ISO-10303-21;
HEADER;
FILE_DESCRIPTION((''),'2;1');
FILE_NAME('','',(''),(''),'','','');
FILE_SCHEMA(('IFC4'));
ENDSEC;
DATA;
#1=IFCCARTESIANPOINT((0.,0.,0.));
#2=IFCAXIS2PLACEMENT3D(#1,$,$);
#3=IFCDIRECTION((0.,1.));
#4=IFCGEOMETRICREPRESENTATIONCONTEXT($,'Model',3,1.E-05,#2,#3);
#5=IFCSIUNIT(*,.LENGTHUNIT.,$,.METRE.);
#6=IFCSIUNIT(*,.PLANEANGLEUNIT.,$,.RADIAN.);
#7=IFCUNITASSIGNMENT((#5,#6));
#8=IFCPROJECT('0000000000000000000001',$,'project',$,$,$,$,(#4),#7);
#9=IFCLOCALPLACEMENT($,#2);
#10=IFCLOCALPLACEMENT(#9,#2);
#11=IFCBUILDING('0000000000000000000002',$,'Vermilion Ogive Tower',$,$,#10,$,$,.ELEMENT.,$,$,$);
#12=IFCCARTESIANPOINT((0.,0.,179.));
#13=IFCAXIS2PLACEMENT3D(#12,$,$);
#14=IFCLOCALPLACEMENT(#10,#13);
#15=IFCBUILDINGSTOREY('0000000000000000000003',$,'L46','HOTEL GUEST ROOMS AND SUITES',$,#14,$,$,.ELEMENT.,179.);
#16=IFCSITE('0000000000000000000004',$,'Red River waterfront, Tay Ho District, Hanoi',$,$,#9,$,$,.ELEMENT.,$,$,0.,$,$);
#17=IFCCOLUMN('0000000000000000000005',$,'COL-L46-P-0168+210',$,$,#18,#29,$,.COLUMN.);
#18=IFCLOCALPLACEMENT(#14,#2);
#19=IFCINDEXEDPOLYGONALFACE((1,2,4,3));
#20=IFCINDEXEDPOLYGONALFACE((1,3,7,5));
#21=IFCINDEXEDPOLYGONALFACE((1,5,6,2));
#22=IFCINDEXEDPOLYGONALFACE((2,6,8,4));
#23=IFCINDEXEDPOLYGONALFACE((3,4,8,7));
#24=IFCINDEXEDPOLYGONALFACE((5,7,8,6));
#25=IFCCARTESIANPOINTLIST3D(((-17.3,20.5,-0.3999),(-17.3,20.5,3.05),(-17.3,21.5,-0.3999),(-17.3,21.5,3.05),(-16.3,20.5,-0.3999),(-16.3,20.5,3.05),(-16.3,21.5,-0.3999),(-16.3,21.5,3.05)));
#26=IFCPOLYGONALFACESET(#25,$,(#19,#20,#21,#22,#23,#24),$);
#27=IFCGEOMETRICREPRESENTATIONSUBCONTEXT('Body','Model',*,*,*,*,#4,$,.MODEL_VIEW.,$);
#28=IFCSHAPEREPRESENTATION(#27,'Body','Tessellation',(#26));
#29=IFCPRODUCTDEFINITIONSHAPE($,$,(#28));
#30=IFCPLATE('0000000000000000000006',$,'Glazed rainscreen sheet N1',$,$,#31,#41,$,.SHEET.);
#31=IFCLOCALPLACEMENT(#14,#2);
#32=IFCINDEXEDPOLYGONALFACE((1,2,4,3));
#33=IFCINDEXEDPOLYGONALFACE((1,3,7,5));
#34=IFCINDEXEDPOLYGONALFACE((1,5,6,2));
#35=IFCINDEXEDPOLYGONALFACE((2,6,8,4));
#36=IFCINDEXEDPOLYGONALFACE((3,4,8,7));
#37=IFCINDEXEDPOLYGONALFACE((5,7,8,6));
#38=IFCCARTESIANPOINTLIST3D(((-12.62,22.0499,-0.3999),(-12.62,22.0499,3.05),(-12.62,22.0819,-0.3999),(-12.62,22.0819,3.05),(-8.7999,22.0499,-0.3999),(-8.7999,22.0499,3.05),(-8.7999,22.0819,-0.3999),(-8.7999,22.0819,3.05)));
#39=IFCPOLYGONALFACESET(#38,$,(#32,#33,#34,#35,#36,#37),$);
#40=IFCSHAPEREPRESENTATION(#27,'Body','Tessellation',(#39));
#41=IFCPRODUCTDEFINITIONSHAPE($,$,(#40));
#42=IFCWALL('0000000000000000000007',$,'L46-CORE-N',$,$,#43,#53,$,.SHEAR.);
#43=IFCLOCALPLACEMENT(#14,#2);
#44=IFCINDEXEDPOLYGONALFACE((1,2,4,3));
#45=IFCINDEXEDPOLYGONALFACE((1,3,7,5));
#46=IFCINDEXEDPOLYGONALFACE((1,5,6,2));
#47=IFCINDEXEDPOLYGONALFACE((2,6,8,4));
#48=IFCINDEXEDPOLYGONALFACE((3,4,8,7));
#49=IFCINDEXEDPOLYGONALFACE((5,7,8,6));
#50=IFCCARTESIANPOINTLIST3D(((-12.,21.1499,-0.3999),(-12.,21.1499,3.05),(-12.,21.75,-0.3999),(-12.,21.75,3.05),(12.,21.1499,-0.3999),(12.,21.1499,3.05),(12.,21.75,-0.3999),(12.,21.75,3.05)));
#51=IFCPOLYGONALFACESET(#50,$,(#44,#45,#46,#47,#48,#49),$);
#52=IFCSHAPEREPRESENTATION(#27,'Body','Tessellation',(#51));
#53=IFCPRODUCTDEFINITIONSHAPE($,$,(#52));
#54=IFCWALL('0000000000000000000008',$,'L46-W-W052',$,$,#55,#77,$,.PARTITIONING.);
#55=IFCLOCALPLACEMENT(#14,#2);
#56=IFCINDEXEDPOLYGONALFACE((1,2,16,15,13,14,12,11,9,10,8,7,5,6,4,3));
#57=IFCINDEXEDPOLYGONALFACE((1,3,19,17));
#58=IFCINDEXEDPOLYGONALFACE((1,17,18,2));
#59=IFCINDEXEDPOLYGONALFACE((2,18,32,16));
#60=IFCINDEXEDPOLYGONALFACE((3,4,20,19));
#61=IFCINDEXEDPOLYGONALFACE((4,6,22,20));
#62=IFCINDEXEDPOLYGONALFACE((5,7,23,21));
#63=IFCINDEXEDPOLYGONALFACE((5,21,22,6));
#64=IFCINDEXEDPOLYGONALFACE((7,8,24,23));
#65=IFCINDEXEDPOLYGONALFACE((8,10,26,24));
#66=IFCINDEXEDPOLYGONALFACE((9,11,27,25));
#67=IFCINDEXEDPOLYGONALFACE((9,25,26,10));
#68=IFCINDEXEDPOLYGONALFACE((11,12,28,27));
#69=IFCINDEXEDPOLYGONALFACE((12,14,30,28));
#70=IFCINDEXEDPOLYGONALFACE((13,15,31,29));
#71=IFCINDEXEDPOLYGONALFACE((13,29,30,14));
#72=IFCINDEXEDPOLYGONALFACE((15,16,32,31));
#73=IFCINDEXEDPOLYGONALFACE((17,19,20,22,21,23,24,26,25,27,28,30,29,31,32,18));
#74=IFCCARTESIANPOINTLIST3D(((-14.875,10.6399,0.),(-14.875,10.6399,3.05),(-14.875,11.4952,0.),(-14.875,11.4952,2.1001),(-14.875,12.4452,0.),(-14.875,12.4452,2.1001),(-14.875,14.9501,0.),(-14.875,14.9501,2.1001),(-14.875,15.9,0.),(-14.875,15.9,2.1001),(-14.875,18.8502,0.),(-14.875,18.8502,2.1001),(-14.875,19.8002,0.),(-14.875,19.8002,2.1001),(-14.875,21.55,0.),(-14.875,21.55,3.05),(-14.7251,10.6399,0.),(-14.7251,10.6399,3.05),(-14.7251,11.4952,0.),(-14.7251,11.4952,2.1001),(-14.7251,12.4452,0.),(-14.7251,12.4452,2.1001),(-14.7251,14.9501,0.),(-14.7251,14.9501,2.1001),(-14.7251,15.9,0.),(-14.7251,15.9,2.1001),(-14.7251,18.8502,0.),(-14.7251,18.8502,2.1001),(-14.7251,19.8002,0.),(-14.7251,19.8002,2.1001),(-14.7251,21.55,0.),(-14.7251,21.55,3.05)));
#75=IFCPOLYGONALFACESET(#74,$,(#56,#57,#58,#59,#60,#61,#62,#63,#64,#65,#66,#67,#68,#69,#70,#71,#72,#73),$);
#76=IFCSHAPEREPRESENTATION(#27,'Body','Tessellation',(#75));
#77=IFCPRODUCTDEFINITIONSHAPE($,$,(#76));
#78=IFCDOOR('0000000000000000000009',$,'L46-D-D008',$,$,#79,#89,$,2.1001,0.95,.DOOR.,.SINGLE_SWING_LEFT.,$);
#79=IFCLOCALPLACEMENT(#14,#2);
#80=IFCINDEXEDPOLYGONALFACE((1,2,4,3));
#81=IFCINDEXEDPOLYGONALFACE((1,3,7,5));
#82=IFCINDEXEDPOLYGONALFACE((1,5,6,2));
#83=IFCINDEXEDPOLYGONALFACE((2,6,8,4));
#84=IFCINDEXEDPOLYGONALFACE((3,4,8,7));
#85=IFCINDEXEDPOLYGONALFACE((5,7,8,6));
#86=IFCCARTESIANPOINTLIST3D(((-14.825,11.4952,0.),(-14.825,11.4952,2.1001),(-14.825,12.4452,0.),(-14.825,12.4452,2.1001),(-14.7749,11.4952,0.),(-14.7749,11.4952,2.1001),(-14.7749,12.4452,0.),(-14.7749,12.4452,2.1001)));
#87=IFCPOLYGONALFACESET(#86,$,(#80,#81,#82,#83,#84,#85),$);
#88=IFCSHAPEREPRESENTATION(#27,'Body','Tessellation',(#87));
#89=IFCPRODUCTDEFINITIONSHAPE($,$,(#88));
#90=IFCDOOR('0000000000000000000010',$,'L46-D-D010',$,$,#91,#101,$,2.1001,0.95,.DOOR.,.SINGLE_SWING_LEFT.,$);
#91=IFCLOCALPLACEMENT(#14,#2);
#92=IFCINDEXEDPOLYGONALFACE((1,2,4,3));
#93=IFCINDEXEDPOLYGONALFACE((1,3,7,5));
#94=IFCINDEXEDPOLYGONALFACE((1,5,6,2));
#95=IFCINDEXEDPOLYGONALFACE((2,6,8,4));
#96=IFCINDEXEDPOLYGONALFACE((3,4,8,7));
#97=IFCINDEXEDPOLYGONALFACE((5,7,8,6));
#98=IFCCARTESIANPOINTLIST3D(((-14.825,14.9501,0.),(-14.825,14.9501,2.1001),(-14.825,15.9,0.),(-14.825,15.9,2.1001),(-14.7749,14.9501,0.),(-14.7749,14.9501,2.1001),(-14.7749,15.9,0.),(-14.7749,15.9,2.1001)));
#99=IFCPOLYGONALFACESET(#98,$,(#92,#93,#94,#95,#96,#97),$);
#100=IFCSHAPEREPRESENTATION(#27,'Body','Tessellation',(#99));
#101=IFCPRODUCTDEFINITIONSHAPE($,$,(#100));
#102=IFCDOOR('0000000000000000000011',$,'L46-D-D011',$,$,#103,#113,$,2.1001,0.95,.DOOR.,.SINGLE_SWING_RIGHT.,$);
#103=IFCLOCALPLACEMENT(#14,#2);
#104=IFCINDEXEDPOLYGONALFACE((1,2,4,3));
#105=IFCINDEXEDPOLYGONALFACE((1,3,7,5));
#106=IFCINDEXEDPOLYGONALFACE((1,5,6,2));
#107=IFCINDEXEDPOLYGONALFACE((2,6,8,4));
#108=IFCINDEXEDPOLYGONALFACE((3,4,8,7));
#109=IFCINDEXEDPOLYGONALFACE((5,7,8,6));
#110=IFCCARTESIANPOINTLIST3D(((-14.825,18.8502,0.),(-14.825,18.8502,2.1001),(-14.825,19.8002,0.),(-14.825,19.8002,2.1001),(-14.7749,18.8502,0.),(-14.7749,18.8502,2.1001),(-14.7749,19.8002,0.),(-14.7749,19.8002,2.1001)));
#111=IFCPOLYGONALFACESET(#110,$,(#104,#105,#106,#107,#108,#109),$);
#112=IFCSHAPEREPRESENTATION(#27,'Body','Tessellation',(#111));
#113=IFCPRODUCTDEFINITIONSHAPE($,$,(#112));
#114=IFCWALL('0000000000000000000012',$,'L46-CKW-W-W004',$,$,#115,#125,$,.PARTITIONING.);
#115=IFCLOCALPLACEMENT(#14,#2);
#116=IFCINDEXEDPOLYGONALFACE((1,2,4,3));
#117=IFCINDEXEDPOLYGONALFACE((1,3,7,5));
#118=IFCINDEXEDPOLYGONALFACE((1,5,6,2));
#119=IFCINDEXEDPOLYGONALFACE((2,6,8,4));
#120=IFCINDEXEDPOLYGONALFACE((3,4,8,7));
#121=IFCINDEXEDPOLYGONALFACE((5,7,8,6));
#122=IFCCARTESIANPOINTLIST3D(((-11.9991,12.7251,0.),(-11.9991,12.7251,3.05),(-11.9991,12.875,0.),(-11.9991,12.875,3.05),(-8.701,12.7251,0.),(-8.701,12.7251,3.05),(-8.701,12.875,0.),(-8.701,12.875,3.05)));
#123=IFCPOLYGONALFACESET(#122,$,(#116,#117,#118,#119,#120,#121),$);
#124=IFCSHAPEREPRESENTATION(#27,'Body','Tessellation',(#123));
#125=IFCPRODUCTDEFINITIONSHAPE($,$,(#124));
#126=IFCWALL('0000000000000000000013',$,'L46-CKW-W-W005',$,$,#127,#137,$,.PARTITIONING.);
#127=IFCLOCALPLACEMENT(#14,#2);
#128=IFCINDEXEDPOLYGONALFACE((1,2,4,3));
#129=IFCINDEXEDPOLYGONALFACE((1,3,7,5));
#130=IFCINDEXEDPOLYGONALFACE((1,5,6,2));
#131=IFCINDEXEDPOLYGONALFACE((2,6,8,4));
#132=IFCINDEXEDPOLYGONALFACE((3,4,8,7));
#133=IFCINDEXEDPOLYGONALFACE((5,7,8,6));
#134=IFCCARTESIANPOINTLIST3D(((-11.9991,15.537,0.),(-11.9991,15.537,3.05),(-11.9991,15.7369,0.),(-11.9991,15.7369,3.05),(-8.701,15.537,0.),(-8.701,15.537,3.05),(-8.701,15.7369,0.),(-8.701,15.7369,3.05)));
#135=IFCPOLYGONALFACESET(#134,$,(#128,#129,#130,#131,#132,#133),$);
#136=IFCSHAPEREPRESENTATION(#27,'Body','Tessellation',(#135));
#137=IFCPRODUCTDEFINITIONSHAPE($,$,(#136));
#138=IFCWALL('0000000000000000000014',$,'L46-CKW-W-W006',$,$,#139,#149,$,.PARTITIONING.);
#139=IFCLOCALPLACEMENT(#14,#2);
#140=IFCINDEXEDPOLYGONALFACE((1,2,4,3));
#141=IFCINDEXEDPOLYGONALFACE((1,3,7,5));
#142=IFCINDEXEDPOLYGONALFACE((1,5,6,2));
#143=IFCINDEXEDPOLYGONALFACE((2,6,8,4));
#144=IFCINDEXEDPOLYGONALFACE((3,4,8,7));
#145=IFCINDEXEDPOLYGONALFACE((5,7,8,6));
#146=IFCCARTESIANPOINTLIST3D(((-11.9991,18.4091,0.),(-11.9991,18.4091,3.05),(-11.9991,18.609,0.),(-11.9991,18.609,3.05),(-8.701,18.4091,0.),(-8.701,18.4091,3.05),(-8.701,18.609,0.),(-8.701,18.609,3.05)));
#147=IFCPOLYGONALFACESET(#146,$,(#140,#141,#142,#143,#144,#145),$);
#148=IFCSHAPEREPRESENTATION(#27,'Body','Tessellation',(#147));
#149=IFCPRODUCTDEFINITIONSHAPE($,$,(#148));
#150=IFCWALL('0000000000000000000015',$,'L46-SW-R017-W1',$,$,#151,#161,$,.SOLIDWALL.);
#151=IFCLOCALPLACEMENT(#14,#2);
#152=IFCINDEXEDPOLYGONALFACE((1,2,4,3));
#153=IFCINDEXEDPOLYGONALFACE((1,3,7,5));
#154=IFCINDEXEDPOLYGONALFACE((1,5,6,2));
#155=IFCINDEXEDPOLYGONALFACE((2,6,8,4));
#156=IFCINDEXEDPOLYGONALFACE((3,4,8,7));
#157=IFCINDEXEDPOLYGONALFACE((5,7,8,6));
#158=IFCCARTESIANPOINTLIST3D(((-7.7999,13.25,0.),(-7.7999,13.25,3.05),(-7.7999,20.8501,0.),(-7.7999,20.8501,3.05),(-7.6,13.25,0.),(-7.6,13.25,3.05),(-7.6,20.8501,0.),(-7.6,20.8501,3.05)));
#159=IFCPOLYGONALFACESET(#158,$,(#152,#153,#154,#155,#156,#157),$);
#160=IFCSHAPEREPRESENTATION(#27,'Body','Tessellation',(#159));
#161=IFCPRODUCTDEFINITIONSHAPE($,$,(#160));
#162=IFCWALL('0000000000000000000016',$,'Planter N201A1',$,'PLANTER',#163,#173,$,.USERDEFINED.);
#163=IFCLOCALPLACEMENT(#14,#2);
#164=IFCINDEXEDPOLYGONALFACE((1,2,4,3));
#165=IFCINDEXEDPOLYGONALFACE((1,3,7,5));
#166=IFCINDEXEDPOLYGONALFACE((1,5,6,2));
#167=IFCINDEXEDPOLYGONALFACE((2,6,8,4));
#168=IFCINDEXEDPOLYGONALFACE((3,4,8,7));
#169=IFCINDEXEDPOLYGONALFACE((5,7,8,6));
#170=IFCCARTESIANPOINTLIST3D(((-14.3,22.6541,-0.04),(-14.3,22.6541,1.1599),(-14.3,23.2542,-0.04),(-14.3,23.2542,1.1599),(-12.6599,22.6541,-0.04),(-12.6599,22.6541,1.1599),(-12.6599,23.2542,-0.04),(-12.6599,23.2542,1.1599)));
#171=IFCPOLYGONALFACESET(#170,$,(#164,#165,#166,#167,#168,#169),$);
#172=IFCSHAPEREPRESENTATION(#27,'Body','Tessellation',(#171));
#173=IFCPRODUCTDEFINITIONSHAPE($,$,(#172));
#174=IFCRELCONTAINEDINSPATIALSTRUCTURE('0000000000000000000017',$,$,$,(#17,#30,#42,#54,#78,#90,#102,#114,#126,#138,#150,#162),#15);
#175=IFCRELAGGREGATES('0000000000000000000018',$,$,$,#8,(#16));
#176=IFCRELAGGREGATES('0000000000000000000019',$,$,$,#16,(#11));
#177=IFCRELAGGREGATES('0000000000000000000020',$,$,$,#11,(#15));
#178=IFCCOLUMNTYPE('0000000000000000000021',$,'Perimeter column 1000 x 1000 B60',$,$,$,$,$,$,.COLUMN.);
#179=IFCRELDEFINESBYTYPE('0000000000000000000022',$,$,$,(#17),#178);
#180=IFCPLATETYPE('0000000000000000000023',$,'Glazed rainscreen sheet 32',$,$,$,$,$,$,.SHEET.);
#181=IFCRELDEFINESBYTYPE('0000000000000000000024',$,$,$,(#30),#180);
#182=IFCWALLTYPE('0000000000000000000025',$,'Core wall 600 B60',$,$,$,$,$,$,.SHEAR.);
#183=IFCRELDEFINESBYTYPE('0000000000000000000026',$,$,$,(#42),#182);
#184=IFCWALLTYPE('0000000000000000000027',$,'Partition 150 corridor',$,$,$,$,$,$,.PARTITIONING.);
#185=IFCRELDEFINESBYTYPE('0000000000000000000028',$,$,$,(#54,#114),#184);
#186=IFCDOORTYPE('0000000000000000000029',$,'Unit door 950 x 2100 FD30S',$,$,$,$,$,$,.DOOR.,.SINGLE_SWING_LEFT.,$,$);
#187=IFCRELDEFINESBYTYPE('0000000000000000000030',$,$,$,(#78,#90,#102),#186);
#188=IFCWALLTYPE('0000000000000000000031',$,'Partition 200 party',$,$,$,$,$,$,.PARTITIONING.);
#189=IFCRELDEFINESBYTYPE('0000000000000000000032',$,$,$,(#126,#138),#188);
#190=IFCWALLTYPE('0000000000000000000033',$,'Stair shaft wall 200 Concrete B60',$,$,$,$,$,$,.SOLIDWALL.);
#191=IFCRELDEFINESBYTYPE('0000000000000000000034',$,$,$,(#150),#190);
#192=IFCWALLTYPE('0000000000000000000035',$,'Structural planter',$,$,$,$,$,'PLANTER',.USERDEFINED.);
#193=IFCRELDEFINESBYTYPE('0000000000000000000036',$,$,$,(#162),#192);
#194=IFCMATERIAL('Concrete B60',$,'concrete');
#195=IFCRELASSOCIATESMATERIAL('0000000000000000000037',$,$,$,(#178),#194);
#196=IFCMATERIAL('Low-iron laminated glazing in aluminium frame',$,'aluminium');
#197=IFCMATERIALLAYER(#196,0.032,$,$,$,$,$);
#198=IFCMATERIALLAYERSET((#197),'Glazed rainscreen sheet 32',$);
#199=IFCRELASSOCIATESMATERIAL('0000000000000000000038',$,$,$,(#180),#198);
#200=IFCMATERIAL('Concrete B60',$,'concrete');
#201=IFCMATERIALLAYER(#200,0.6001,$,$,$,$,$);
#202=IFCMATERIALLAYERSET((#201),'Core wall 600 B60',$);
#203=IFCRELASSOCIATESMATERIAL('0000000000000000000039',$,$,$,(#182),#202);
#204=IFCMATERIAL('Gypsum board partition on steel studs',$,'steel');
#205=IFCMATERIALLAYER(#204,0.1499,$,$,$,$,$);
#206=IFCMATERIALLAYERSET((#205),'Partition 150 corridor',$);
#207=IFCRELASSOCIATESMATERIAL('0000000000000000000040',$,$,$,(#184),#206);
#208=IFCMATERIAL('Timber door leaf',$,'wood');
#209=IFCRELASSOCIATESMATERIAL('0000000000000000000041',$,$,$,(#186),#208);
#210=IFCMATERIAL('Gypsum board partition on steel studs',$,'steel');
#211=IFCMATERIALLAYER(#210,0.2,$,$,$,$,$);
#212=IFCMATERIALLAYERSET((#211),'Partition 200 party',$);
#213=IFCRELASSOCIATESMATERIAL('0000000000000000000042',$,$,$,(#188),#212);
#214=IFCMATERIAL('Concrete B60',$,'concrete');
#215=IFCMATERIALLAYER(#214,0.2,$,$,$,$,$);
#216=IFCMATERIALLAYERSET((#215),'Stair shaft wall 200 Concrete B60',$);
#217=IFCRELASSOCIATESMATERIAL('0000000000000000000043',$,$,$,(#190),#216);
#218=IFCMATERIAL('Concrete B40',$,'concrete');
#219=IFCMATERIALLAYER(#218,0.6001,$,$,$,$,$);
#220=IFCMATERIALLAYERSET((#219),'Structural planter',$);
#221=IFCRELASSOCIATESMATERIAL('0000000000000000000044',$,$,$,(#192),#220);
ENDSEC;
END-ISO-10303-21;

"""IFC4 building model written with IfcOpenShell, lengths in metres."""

from ifc_helpers import new_model, si_unit, direction, frame, frame_2d, origin, origin_2d, place, context, subcontext, project, spatial, rectangle, extrude, material, layer, layer_set, material_profile, profile_set, type_object, element, fill, save


model = new_model("IFC4")

# Units and contexts
model_context = context("Model", 3, precision=1e-05, world=origin(), true_north=direction((0.0, 1.0)))
body_context = subcontext(model_context, "Body", "Model", "MODEL_VIEW")
ifc_project = project(units=[si_unit("LENGTHUNIT", "METRE"), si_unit("PLANEANGLEUNIT", "RADIAN")], contexts=[model_context])

# Site, building, storey
site_placement = place(None, origin())
site = spatial("IfcSite", under=ifc_project, at=site_placement, Name="Red River waterfront, Tay Ho District, Hanoi", CompositionType="ELEMENT", RefElevation=0.0)
building_placement = place(site_placement, origin())
building = spatial("IfcBuilding", under=site, at=building_placement, Name="Vermilion Ogive Tower", CompositionType="ELEMENT")
storey_placement = place(building_placement, frame((0.0, 0.0, 179.0)))
storey = spatial("IfcBuildingStorey", under=building, at=storey_placement, Name="L46", Description="HOTEL GUEST ROOMS AND SUITES", CompositionType="ELEMENT", Elevation=179.0)

# Column
ifc_material_1 = material(Name="Concrete B60", Category="concrete")
ifc_material_profile = material_profile(ifc_material_1, rectangle(XDim=1.0, YDim=1.0, at=origin_2d()), Name="1000 x 1000")
ifc_profile_set = profile_set([ifc_material_profile], Name="Concrete B60")
column_type = type_object("IfcColumnType", Name="Perimeter column 1000 x 1000 B60", PredefinedType="COLUMN", material=ifc_profile_set)
column_placement = place(storey_placement, frame((-16.8, 21.0, -0.3999), z_axis=(0.0, 0.0, 1.0), x_axis=(1.0, 0.0, 0.0)))
element("IfcColumn", 1, at=column_placement, inside=storey, type_object=column_type, Name="COL-L46-P-0168+210", PredefinedType="COLUMN", context=body_context, shape_type="SweptSolid", body=[
    extrude(rectangle(XDim=1.0, YDim=1.0, at=origin_2d()), origin(), (0.0, 0.0, 1.0), 3.45),
])

# Plate
ifc_material_2 = material(Name="Low-iron laminated glazing in aluminium frame", Category="aluminium")
ifc_layer_1 = layer(ifc_material_2, 0.032)
ifc_layer_set_1 = layer_set([ifc_layer_1], Name="Glazed rainscreen sheet 32")
plate_type = type_object("IfcPlateType", Name="Glazed rainscreen sheet 32", PredefinedType="SHEET", material=ifc_layer_set_1)
plate_placement = place(storey_placement, frame((-10.71, 22.0659, -0.3999), z_axis=(0.0, 0.0, 1.0), x_axis=(1.0, 0.0, 0.0)))
element("IfcPlate", 2, at=plate_placement, inside=storey, type_object=plate_type, Name="Glazed rainscreen sheet N1", PredefinedType="SHEET", context=body_context, shape_type="SweptSolid", body=[
    extrude(rectangle(XDim=3.8201, YDim=0.032, at=origin_2d()), origin(), (0.0, 0.0, 1.0), 3.45),
])

# Wall
ifc_material_3 = material(Name="Concrete B60", Category="concrete")
ifc_layer_2 = layer(ifc_material_3, 0.6001)
ifc_layer_set_2 = layer_set([ifc_layer_2], Name="Core wall 600 B60")
wall_type_1 = type_object("IfcWallType", Name="Core wall 600 B60", PredefinedType="SHEAR", material=ifc_layer_set_2)
wall_1_placement = place(storey_placement, frame((-12.0, 21.45, -0.3999), z_axis=(0.0, 0.0, 1.0), x_axis=(1.0, 0.0, 0.0)))
element("IfcWall", 3, at=wall_1_placement, inside=storey, type_object=wall_type_1, Name="L46-CORE-N", PredefinedType="SHEAR", context=body_context, shape_type="SweptSolid", body=[
    extrude(rectangle(XDim=24.0, YDim=0.6001, at=frame_2d((12.0, 0.0))), origin(), (0.0, 0.0, 1.0), 3.45),
])

# Wall, openings, doors
ifc_material_4 = material(Name="Gypsum board partition on steel studs", Category="steel")
ifc_layer_3 = layer(ifc_material_4, 0.1499)
ifc_layer_set_3 = layer_set([ifc_layer_3], Name="Partition 150 corridor")
wall_type_2 = type_object("IfcWallType", Name="Partition 150 corridor", PredefinedType="PARTITIONING", material=ifc_layer_set_3)
wall_2_placement = place(storey_placement, frame((-14.8, 10.6399, 0.0), z_axis=(0.0, 0.0, 1.0), x_axis=(0.0, 1.0, 0.0)))
wall_2 = element("IfcWall", 4, at=wall_2_placement, inside=storey, type_object=wall_type_2, Name="L46-W-W052", PredefinedType="PARTITIONING", context=body_context, shape_type="SweptSolid", body=[
    extrude(rectangle(XDim=10.9102, YDim=0.1499, at=frame_2d((5.4551, 0.0))), origin(), (0.0, 0.0, 1.0), 3.05),
])
opening_1_placement = place(wall_2_placement, frame((0.8552, 0.0, 0.0)))
opening_1 = element("IfcOpeningElement", 5, at=opening_1_placement, cuts=wall_2, PredefinedType="OPENING", context=body_context, shape_type="SweptSolid", body=[
    extrude(rectangle(XDim=0.95, YDim=2.1001, at=frame_2d((0.4751, 1.05))), frame((0.0, 0.085, 0.0), z_axis=(0.0, -1.0, 0.0), x_axis=(1.0, 0.0, 0.0)), (0.0, 0.0, 1.0), 0.1699),
])
opening_2_placement = place(wall_2_placement, frame((4.3101, 0.0, 0.0)))
opening_2 = element("IfcOpeningElement", 6, at=opening_2_placement, cuts=wall_2, PredefinedType="OPENING", context=body_context, shape_type="SweptSolid", body=[
    extrude(rectangle(XDim=0.95, YDim=2.1001, at=frame_2d((0.4751, 1.05))), frame((0.0, 0.085, 0.0), z_axis=(0.0, -1.0, 0.0), x_axis=(1.0, 0.0, 0.0)), (0.0, 0.0, 1.0), 0.1699),
])
opening_3_placement = place(wall_2_placement, frame((8.2102, 0.0, 0.0)))
opening_3 = element("IfcOpeningElement", 7, at=opening_3_placement, cuts=wall_2, PredefinedType="OPENING", context=body_context, shape_type="SweptSolid", body=[
    extrude(rectangle(XDim=0.95, YDim=2.1001, at=frame_2d((0.4751, 1.05))), frame((0.0, 0.085, 0.0), z_axis=(0.0, -1.0, 0.0), x_axis=(1.0, 0.0, 0.0)), (0.0, 0.0, 1.0), 0.1699),
])
ifc_material_5 = material(Name="Timber door leaf", Category="wood")
door_type_1 = type_object("IfcDoorType", Name="Unit door 950 x 2100 FD30S", OperationType="SINGLE_SWING_LEFT", PredefinedType="DOOR", material=ifc_material_5)
door_1_placement = place(opening_1_placement, origin())
door_1 = element("IfcDoor", 8, at=door_1_placement, inside=storey, type_object=door_type_1, Name="L46-D-D008", OperationType="SINGLE_SWING_LEFT", OverallHeight=2.1001, OverallWidth=0.95, PredefinedType="DOOR", context=body_context, shape_type="SweptSolid", body=[
    extrude(rectangle(XDim=0.95, YDim=2.1001, at=frame_2d((0.4751, 1.05))), frame((0.0, 0.0249, 0.0), z_axis=(0.0, -1.0, 0.0), x_axis=(1.0, 0.0, 0.0)), (0.0, 0.0, 1.0), 0.05),
])
fill(opening_1, door_1)
door_2_placement = place(opening_2_placement, origin())
door_2 = element("IfcDoor", 9, at=door_2_placement, inside=storey, type_object=door_type_1, Name="L46-D-D010", OperationType="SINGLE_SWING_LEFT", OverallHeight=2.1001, OverallWidth=0.95, PredefinedType="DOOR", context=body_context, shape_type="SweptSolid", body=[
    extrude(rectangle(XDim=0.95, YDim=2.1001, at=frame_2d((0.4751, 1.05))), frame((0.0, 0.0249, 0.0), z_axis=(0.0, -1.0, 0.0), x_axis=(1.0, 0.0, 0.0)), (0.0, 0.0, 1.0), 0.05),
])
fill(opening_2, door_2)
door_3_placement = place(opening_3_placement, origin())
door_3 = element("IfcDoor", 10, at=door_3_placement, inside=storey, type_object=door_type_1, Name="L46-D-D011", OperationType="SINGLE_SWING_RIGHT", OverallHeight=2.1001, OverallWidth=0.95, PredefinedType="DOOR", context=body_context, shape_type="SweptSolid", body=[
    extrude(rectangle(XDim=0.95, YDim=2.1001, at=frame_2d((0.4751, 1.05))), frame((0.0, 0.0249, 0.0), z_axis=(0.0, -1.0, 0.0), x_axis=(1.0, 0.0, 0.0)), (0.0, 0.0, 1.0), 0.05),
])
fill(opening_3, door_3)

# Walls
wall_3_placement = place(storey_placement, frame((-11.999, 12.8, 0.0), z_axis=(0.0, 0.0, 1.0), x_axis=(1.0, 0.0, 0.0)))
element("IfcWall", 11, at=wall_3_placement, inside=storey, type_object=wall_type_2, Name="L46-CKW-W-W004", PredefinedType="PARTITIONING", context=body_context, shape_type="SweptSolid", body=[
    extrude(rectangle(XDim=3.2981, YDim=0.1499, at=frame_2d((1.6489, 0.0))), origin(), (0.0, 0.0, 1.0), 3.05),
])
ifc_material_6 = material(Name="Gypsum board partition on steel studs", Category="steel")
ifc_layer_4 = layer(ifc_material_6, 0.2)
ifc_layer_set_4 = layer_set([ifc_layer_4], Name="Partition 200 party")
wall_type_3 = type_object("IfcWallType", Name="Partition 200 party", PredefinedType="PARTITIONING", material=ifc_layer_set_4)
for number, where, z_axis, x_axis, name in (
    (12, (-11.999, 15.637, 0.0), (0.0, 0.0, 1.0), (1.0, 0.0, 0.0), "L46-CKW-W-W005"),
    (13, (-11.999, 18.509, 0.0), (0.0, 0.0, 1.0), (1.0, 0.0, 0.0), "L46-CKW-W-W006"),
):
    element("IfcWall", number, at=place(storey_placement, frame(where, z_axis=z_axis, x_axis=x_axis)), inside=storey, type_object=wall_type_3, Name=name, PredefinedType="PARTITIONING", context=body_context, shape_type="SweptSolid", body=[
        extrude(rectangle(XDim=3.2981, YDim=0.2, at=frame_2d((1.6489, 0.0))), origin(), (0.0, 0.0, 1.0), 3.05),
    ])
ifc_material_7 = material(Name="Concrete B60", Category="concrete")
ifc_layer_5 = layer(ifc_material_7, 0.2)
ifc_layer_set_5 = layer_set([ifc_layer_5], Name="Stair shaft wall 200 Concrete B60")
wall_type_4 = type_object("IfcWallType", Name="Stair shaft wall 200 Concrete B60", PredefinedType="SOLIDWALL", material=ifc_layer_set_5)
wall_4_placement = place(storey_placement, frame((-7.7, 13.25, 0.0), z_axis=(0.0, 0.0, 1.0), x_axis=(0.0, 1.0, 0.0)))
element("IfcWall", 14, at=wall_4_placement, inside=storey, type_object=wall_type_4, Name="L46-SW-R017-W1", PredefinedType="SOLIDWALL", context=body_context, shape_type="SweptSolid", body=[
    extrude(rectangle(XDim=7.6001, YDim=0.2, at=frame_2d((3.8, 0.0))), origin(), (0.0, 0.0, 1.0), 3.05),
])
ifc_material_8 = material(Name="Concrete B40", Category="concrete")
ifc_layer_6 = layer(ifc_material_8, 0.6001)
ifc_layer_set_6 = layer_set([ifc_layer_6], Name="Structural planter")
wall_type_5 = type_object("IfcWallType", Name="Structural planter", ElementType="PLANTER", PredefinedType="USERDEFINED", material=ifc_layer_set_6)
wall_5_placement = place(storey_placement, frame((-12.6599, 22.9541, -0.04), z_axis=(0.0, 0.0, 1.0), x_axis=(-1.0, 0.0, 0.0)))
element("IfcWall", 15, at=wall_5_placement, inside=storey, type_object=wall_type_5, Name="Planter N201A1", ObjectType="PLANTER", PredefinedType="USERDEFINED", context=body_context, shape_type="SweptSolid", body=[
    extrude(rectangle(XDim=1.6401, YDim=0.6001, at=frame_2d((0.8201, 0.0))), origin(), (0.0, 0.0, 1.0), 1.2),
])

save(model, "model.ifc")
